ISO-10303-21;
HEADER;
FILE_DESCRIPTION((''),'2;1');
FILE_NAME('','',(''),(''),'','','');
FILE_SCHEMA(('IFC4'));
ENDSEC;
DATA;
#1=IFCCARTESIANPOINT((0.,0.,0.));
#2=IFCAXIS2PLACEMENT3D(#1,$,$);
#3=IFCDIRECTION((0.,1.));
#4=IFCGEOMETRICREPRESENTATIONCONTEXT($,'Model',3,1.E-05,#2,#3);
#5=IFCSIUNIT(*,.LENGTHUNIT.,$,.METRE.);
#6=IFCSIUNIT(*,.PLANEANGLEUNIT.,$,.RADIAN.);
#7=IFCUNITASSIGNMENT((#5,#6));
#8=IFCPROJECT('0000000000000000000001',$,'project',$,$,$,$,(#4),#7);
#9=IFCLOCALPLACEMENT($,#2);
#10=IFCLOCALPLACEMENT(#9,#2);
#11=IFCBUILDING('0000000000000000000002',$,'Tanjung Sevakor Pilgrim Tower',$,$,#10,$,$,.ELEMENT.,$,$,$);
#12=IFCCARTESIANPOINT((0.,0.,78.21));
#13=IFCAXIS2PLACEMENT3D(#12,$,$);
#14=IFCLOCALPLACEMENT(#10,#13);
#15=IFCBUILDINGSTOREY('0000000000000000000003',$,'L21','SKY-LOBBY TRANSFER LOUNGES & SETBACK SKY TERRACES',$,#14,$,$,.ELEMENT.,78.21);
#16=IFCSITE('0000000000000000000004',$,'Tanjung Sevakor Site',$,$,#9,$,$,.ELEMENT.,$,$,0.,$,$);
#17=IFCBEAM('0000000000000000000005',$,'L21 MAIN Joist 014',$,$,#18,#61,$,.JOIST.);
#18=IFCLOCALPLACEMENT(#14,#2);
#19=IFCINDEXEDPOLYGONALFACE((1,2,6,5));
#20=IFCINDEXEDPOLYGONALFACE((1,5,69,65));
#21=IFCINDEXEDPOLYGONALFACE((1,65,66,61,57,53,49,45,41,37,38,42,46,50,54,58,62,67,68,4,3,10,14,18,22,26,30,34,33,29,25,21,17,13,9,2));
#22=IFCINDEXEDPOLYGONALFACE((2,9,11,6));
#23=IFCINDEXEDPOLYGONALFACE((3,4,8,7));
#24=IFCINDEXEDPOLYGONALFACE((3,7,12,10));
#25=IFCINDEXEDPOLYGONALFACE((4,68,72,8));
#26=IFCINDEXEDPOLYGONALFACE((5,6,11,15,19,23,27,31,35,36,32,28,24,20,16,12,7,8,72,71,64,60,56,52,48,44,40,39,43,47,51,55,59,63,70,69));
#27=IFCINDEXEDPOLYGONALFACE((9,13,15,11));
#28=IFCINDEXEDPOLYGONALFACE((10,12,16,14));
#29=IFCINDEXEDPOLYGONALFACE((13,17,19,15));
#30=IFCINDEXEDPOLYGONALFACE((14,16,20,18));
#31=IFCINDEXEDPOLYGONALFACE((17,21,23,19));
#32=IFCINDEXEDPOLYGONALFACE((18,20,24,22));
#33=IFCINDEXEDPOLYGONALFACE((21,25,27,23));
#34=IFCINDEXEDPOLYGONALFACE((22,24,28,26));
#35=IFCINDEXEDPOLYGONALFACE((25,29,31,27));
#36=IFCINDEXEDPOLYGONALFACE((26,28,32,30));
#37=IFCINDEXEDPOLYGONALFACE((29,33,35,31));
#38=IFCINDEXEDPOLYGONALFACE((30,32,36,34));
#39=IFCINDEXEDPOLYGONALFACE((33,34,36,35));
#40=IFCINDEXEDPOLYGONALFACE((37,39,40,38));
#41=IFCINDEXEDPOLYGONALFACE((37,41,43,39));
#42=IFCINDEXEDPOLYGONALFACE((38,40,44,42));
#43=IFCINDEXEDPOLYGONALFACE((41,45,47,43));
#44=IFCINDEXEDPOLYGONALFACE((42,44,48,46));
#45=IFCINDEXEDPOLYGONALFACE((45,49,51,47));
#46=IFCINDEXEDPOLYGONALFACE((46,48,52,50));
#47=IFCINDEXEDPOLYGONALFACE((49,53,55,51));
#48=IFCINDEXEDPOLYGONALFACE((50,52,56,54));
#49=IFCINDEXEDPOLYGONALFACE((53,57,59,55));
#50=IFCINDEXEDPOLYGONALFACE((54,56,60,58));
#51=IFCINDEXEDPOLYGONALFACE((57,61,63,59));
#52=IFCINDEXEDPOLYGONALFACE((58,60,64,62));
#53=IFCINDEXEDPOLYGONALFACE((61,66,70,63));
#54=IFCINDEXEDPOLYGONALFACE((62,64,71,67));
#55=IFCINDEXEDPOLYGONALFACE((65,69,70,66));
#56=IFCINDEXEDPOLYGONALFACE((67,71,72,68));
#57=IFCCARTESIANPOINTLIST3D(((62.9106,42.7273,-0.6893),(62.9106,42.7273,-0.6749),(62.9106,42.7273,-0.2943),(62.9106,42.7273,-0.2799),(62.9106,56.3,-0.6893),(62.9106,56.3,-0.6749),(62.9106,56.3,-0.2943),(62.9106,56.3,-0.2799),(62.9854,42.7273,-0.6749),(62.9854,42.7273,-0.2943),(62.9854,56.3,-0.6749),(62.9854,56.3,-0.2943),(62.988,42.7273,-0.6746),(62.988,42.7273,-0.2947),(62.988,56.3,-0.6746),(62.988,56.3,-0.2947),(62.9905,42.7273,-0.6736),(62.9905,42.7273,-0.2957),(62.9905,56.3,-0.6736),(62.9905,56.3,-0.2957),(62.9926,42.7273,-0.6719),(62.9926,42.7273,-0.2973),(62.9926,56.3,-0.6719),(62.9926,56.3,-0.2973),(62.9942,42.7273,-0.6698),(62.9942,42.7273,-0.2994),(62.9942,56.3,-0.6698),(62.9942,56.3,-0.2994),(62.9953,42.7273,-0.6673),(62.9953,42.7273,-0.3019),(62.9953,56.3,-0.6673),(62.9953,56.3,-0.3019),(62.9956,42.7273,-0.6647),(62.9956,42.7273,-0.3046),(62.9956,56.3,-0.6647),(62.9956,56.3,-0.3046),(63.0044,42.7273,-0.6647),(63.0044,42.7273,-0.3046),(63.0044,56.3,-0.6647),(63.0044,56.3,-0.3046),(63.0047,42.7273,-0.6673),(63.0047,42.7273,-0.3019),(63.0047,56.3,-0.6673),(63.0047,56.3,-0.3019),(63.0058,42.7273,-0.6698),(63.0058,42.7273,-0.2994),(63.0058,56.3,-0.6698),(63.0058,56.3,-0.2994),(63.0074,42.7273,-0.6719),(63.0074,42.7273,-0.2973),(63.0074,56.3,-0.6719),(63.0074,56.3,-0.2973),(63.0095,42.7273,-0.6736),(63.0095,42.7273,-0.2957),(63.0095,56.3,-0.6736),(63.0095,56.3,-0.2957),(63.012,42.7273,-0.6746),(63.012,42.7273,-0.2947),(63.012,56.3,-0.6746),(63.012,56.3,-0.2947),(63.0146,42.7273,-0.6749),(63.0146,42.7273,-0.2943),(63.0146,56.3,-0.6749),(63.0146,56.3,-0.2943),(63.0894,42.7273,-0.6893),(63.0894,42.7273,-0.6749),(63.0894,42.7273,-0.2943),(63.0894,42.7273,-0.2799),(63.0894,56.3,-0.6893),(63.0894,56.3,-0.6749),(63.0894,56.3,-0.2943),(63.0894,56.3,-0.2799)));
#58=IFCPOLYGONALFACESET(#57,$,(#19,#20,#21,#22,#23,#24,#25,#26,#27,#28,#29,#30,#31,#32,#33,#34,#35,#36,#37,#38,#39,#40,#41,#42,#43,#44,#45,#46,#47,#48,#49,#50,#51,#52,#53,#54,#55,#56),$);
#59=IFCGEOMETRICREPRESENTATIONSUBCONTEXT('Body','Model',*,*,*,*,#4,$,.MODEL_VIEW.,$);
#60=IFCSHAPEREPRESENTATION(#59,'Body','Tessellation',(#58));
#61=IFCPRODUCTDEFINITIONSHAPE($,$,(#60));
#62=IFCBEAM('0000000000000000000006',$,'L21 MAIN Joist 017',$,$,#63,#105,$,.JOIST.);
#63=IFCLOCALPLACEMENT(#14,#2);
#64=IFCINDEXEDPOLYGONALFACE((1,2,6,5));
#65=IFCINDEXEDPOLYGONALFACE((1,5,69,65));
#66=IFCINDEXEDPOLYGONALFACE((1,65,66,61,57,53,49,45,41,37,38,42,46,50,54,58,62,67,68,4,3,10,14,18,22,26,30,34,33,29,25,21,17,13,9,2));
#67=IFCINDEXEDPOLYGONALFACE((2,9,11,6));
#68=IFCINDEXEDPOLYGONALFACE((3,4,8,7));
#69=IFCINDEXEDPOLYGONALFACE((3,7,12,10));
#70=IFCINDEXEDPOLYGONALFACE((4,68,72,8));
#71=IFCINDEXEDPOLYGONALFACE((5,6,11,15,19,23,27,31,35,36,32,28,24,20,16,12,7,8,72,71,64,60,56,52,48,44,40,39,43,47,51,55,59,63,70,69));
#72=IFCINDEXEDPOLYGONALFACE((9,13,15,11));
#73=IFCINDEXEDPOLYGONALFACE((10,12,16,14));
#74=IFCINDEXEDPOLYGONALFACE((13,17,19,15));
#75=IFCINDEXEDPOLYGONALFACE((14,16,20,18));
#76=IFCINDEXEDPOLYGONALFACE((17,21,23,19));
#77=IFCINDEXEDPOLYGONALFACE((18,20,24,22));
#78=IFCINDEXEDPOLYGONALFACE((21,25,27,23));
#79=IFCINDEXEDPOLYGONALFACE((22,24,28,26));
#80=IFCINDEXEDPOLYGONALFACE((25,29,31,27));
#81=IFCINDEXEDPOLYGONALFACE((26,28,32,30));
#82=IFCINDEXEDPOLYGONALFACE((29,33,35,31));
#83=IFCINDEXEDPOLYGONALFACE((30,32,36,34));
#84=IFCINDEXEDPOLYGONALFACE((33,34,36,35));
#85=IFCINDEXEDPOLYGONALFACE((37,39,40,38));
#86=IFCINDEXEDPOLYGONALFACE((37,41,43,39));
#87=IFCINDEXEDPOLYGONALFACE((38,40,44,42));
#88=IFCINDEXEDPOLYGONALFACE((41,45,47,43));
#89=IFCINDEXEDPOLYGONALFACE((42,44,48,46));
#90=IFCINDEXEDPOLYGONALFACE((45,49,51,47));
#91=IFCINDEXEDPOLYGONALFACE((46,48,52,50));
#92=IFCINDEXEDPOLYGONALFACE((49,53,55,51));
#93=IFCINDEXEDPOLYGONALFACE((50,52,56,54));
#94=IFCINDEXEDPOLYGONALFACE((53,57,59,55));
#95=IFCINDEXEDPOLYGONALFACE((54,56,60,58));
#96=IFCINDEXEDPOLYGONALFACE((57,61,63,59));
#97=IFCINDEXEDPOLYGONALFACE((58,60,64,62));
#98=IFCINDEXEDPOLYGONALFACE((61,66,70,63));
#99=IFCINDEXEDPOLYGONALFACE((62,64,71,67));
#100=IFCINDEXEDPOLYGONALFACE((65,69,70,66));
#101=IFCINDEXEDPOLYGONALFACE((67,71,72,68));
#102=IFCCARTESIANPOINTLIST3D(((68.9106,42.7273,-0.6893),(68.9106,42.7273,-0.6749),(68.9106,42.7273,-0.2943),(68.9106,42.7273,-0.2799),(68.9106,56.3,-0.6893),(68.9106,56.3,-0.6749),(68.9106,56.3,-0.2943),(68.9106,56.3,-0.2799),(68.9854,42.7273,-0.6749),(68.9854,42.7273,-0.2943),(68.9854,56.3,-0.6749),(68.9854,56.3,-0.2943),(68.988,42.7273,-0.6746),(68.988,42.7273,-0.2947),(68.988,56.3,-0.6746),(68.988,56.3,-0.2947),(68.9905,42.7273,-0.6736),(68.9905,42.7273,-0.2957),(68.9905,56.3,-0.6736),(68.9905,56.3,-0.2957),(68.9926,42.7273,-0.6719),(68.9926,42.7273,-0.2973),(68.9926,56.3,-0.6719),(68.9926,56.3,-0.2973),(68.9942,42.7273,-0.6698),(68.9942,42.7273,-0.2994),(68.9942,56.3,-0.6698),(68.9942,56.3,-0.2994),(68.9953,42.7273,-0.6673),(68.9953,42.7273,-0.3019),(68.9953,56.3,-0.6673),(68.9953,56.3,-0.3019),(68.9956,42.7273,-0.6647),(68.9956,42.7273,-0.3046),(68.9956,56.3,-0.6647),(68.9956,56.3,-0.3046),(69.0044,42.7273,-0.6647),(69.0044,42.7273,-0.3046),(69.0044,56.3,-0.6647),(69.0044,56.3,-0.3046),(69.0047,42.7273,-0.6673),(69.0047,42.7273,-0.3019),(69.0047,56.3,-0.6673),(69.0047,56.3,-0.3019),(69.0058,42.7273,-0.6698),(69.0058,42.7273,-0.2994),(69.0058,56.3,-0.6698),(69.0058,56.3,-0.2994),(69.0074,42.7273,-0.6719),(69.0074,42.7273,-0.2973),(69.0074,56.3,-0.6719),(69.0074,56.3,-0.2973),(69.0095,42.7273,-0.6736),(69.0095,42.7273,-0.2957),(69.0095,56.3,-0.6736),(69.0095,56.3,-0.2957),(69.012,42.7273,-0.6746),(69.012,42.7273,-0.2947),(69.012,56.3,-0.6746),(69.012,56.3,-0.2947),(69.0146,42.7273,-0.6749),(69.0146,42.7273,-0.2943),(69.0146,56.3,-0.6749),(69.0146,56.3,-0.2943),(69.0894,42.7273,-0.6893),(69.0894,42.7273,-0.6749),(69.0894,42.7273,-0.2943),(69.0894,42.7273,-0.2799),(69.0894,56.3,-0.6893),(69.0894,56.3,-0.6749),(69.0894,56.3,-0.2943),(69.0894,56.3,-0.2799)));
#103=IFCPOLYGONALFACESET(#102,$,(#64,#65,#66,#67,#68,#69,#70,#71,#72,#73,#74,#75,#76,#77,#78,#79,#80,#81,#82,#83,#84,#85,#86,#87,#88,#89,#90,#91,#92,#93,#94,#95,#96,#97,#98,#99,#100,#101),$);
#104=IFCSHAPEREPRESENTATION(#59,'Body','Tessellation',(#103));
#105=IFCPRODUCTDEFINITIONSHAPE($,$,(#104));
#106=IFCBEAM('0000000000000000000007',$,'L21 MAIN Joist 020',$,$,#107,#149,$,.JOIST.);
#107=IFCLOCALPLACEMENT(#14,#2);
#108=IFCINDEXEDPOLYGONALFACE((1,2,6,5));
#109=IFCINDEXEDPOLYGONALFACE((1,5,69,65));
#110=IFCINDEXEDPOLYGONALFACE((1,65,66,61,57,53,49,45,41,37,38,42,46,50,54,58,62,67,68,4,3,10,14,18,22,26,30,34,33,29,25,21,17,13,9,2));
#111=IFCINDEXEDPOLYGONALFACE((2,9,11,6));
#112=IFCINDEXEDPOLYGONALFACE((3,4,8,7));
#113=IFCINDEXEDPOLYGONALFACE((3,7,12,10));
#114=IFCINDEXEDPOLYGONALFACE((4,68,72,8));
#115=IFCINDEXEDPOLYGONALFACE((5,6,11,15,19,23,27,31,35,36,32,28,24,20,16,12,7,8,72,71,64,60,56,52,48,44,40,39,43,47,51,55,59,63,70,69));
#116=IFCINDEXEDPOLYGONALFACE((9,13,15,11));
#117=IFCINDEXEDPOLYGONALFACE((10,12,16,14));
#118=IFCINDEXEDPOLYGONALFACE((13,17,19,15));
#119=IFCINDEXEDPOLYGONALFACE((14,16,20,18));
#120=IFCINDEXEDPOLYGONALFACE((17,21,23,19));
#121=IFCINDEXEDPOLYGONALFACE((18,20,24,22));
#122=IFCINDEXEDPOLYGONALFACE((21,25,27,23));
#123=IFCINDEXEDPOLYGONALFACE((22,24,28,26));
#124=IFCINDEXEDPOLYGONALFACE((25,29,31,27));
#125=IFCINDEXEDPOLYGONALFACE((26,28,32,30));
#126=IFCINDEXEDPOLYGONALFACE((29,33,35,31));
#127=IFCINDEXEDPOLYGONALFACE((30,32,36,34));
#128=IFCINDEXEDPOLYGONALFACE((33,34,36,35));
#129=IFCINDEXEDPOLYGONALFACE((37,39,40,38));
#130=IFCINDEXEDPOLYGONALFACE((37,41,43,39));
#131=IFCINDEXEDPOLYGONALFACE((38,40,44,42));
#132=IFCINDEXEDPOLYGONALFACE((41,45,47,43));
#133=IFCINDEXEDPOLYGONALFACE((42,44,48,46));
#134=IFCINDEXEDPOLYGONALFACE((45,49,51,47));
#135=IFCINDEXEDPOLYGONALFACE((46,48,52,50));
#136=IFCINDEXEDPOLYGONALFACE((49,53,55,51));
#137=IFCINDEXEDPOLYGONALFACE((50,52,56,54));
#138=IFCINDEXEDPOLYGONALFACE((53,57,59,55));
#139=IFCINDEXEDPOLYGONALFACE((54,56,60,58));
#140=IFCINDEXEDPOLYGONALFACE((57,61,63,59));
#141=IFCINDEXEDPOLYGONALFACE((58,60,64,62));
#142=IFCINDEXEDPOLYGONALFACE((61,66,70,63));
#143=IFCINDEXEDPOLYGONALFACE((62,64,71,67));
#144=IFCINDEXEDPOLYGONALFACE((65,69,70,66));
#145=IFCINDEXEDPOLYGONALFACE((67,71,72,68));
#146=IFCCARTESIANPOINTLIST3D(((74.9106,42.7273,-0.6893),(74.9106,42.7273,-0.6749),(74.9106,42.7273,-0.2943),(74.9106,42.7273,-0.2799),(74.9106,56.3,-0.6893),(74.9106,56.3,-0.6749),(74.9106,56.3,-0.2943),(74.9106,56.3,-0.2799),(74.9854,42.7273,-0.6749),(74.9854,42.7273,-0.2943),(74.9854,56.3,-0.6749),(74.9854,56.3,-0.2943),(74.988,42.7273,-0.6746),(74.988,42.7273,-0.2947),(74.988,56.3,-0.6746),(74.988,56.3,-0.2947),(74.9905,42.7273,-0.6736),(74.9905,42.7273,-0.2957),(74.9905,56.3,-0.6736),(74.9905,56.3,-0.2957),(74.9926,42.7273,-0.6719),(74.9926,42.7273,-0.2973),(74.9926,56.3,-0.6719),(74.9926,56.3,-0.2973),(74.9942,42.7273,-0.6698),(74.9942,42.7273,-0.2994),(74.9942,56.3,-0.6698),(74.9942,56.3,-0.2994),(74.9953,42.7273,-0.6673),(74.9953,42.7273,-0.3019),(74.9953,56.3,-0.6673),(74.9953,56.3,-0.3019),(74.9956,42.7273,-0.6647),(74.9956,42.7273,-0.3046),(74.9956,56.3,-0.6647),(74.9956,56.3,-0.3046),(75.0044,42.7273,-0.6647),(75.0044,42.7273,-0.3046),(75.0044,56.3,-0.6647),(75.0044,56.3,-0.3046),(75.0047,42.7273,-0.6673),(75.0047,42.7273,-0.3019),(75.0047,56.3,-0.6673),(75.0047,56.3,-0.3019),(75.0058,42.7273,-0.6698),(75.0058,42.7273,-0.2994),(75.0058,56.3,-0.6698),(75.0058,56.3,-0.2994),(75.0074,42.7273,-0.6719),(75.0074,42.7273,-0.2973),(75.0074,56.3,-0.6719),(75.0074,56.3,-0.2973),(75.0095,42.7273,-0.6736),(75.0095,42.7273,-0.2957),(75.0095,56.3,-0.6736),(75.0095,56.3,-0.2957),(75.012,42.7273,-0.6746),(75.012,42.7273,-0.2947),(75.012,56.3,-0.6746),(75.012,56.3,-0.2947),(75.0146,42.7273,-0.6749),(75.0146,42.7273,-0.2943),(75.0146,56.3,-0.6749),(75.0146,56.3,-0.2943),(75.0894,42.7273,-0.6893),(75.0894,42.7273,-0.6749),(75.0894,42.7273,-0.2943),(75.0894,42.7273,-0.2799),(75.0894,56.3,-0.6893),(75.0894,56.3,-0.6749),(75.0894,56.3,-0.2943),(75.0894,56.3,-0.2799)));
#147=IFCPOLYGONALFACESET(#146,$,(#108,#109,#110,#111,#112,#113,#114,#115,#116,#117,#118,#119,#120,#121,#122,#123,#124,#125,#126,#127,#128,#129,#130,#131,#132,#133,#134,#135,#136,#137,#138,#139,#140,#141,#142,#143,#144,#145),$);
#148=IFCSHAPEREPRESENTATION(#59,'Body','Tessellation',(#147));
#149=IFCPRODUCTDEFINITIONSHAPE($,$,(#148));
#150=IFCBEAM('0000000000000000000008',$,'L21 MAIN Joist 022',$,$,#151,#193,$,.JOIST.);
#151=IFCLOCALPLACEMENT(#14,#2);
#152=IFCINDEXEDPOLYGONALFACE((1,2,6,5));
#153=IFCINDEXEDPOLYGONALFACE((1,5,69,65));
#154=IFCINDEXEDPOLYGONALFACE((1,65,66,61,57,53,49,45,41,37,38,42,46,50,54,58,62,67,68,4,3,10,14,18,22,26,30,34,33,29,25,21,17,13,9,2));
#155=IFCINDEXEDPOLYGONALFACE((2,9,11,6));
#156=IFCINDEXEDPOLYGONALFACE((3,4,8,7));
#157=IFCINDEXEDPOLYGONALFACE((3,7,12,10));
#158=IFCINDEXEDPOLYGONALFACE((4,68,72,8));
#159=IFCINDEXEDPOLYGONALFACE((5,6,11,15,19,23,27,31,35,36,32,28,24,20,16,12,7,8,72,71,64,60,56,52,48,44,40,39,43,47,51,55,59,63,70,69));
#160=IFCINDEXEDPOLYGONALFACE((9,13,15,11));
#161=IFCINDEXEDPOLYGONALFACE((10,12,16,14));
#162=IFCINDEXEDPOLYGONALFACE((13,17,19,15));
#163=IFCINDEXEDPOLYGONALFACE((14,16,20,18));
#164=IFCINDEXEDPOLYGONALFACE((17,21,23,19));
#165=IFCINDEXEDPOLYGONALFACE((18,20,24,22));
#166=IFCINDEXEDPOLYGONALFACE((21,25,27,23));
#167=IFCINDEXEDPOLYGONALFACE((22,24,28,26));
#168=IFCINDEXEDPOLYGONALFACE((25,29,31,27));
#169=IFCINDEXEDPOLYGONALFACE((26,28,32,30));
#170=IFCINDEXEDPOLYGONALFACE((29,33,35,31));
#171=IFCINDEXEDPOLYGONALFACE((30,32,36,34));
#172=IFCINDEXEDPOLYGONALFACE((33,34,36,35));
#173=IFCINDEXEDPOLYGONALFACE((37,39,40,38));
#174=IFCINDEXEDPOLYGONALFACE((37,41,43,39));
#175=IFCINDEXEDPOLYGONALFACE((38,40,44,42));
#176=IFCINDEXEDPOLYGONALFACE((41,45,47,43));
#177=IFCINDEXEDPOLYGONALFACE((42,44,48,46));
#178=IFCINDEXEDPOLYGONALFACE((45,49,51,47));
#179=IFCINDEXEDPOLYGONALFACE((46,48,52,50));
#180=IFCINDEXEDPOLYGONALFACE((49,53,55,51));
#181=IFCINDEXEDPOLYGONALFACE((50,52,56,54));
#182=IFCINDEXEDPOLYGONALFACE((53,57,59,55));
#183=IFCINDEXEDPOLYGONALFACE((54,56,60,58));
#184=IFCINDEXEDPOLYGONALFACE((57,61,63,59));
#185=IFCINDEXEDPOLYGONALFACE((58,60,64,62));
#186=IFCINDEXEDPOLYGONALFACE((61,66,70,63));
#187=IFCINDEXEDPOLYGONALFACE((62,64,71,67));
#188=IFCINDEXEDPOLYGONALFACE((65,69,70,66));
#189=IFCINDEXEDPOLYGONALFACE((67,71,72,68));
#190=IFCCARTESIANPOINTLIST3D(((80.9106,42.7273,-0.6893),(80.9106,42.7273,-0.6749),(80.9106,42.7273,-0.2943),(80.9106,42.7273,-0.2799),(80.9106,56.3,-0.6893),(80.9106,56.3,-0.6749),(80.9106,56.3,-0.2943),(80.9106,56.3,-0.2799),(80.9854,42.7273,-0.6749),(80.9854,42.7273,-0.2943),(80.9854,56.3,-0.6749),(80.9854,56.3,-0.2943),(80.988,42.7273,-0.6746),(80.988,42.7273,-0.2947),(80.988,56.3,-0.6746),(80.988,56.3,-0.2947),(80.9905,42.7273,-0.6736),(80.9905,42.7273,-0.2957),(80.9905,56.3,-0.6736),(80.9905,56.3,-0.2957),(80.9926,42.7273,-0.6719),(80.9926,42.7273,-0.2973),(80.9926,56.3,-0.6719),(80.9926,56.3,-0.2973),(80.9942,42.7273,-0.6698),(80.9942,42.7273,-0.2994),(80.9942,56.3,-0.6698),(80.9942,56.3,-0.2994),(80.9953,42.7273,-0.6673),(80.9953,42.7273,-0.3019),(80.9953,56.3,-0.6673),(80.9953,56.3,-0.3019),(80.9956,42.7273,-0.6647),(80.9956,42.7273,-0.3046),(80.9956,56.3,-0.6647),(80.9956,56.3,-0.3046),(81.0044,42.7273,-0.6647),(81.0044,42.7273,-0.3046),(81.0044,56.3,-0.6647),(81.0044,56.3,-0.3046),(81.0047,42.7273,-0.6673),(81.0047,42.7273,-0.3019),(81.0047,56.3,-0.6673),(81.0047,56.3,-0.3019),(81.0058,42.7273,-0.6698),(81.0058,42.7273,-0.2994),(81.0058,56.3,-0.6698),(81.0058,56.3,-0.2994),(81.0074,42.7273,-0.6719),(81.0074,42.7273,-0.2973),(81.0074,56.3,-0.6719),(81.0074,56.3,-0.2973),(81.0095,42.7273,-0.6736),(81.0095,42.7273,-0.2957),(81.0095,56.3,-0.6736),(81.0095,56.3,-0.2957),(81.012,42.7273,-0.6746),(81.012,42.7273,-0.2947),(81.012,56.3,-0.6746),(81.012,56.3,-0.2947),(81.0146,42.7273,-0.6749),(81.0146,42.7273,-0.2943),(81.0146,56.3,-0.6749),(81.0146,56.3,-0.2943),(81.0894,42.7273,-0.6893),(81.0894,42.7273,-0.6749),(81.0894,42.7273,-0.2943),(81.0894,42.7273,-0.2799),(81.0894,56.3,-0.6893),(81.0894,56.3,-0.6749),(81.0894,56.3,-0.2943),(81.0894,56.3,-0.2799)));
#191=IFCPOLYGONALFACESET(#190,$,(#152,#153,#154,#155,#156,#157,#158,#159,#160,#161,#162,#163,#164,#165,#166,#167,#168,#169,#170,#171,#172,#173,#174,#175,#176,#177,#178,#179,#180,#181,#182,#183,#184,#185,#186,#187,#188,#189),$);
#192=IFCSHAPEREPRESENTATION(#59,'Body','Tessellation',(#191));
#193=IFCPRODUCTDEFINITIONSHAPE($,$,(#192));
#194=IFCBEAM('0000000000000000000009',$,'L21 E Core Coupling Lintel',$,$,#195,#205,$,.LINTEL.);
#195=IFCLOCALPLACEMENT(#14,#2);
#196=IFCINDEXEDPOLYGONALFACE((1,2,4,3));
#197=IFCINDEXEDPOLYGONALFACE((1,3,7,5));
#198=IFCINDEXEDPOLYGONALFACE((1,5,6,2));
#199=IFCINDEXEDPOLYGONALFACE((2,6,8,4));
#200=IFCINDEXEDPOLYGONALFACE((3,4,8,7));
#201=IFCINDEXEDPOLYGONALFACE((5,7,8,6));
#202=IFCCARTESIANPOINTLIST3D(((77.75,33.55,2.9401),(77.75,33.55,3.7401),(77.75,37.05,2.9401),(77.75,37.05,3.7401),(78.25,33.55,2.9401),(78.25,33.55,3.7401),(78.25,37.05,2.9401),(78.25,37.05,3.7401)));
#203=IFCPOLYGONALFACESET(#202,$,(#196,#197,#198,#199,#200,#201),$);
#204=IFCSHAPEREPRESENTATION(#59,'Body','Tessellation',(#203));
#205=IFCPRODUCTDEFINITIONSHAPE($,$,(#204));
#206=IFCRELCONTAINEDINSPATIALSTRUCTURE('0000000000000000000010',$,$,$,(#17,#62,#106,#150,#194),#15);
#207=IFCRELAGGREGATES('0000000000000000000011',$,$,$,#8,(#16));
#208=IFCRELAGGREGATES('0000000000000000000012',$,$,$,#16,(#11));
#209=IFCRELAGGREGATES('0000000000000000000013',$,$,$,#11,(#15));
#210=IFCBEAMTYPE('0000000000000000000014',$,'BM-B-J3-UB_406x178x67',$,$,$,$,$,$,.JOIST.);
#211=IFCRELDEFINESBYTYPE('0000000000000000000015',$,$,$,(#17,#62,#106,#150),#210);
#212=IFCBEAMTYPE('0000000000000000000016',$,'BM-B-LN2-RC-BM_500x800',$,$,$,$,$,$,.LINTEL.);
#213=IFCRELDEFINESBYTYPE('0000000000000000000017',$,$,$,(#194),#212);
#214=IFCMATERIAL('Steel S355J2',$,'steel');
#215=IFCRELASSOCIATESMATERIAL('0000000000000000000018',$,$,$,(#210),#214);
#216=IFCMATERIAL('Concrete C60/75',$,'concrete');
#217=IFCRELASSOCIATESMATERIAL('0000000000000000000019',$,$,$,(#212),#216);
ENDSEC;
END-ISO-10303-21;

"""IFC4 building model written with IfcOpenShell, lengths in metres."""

from ifc_helpers import new_model, si_unit, direction, frame, origin, origin_2d, place, context, subcontext, project, spatial, rectangle, i_section, extrude, material, material_profile, profile_set, type_object, element, save


model = new_model("IFC4")

# Units and contexts
model_context = context("Model", 3, precision=1e-05, world=origin(), true_north=direction((0.0, 1.0)))
body_context = subcontext(model_context, "Body", "Model", "MODEL_VIEW")
ifc_project = project(units=[si_unit("LENGTHUNIT", "METRE"), si_unit("PLANEANGLEUNIT", "RADIAN")], contexts=[model_context])

# Site, building, storey
site_placement = place(None, origin())
site = spatial("IfcSite", under=ifc_project, at=site_placement, Name="Tanjung Sevakor Site", CompositionType="ELEMENT", RefElevation=0.0)
building_placement = place(site_placement, origin())
building = spatial("IfcBuilding", under=site, at=building_placement, Name="Tanjung Sevakor Pilgrim Tower", CompositionType="ELEMENT")
storey_placement = place(building_placement, frame((0.0, 0.0, 78.21)))
storey = spatial("IfcBuildingStorey", under=building, at=storey_placement, Name="L21", Description="SKY-LOBBY TRANSFER LOUNGES & SETBACK SKY TERRACES", CompositionType="ELEMENT", Elevation=78.21)

# Beams
ifc_material_1 = material(Name="Steel S355J2", Category="steel")
ifc_material_profile_1 = material_profile(ifc_material_1, i_section(OverallWidth=0.1787, OverallDepth=0.4094, WebThickness=0.0088, FlangeThickness=0.0144, FilletRadius=0.0103, at=origin_2d()))
ifc_profile_set_1 = profile_set([ifc_material_profile_1], Name="Steel S355J2")
beam_type_1 = type_object("IfcBeamType", Name="BM-B-J3-UB_406x178x67", PredefinedType="JOIST", material=ifc_profile_set_1)
for number, where, z_axis, x_axis, name in (
    (1, (63.0, 42.7273, -0.4846), (0.0, 1.0, 0.0), (-1.0, 0.0, 0.0), "L21 MAIN Joist 014"),
    (2, (69.0, 42.7273, -0.4846), (0.0, 1.0, 0.0), (-1.0, 0.0, 0.0), "L21 MAIN Joist 017"),
    (3, (75.0, 42.7273, -0.4846), (0.0, 1.0, 0.0), (-1.0, 0.0, 0.0), "L21 MAIN Joist 020"),
    (4, (81.0, 42.7273, -0.4846), (0.0, 1.0, 0.0), (-1.0, 0.0, 0.0), "L21 MAIN Joist 022"),
):
    element("IfcBeam", number, at=place(storey_placement, frame(where, z_axis=z_axis, x_axis=x_axis)), inside=storey, type_object=beam_type_1, Name=name, PredefinedType="JOIST", context=body_context, shape_type="SweptSolid", body=[
        extrude(i_section(OverallWidth=0.1787, OverallDepth=0.4094, WebThickness=0.0088, FlangeThickness=0.0144, FilletRadius=0.0103, at=origin_2d()), origin(), (0.0, 0.0, 1.0), 13.5728),
    ])
ifc_material_2 = material(Name="Concrete C60/75", Category="concrete")
ifc_material_profile_2 = material_profile(ifc_material_2, rectangle(XDim=0.5, YDim=0.8, at=origin_2d()))
ifc_profile_set_2 = profile_set([ifc_material_profile_2], Name="Concrete C60/75")
beam_type_2 = type_object("IfcBeamType", Name="BM-B-LN2-RC-BM_500x800", PredefinedType="LINTEL", material=ifc_profile_set_2)
beam_placement = place(storey_placement, frame((78.0, 33.55, 3.3401), z_axis=(0.0, 1.0, 0.0), x_axis=(-1.0, 0.0, 0.0)))
element("IfcBeam", 5, at=beam_placement, inside=storey, type_object=beam_type_2, Name="L21 E Core Coupling Lintel", PredefinedType="LINTEL", context=body_context, shape_type="SweptSolid", body=[
    extrude(rectangle(XDim=0.5, YDim=0.8, at=origin_2d()), origin(), (0.0, 0.0, 1.0), 3.5),
])

save(model, "model.ifc")
